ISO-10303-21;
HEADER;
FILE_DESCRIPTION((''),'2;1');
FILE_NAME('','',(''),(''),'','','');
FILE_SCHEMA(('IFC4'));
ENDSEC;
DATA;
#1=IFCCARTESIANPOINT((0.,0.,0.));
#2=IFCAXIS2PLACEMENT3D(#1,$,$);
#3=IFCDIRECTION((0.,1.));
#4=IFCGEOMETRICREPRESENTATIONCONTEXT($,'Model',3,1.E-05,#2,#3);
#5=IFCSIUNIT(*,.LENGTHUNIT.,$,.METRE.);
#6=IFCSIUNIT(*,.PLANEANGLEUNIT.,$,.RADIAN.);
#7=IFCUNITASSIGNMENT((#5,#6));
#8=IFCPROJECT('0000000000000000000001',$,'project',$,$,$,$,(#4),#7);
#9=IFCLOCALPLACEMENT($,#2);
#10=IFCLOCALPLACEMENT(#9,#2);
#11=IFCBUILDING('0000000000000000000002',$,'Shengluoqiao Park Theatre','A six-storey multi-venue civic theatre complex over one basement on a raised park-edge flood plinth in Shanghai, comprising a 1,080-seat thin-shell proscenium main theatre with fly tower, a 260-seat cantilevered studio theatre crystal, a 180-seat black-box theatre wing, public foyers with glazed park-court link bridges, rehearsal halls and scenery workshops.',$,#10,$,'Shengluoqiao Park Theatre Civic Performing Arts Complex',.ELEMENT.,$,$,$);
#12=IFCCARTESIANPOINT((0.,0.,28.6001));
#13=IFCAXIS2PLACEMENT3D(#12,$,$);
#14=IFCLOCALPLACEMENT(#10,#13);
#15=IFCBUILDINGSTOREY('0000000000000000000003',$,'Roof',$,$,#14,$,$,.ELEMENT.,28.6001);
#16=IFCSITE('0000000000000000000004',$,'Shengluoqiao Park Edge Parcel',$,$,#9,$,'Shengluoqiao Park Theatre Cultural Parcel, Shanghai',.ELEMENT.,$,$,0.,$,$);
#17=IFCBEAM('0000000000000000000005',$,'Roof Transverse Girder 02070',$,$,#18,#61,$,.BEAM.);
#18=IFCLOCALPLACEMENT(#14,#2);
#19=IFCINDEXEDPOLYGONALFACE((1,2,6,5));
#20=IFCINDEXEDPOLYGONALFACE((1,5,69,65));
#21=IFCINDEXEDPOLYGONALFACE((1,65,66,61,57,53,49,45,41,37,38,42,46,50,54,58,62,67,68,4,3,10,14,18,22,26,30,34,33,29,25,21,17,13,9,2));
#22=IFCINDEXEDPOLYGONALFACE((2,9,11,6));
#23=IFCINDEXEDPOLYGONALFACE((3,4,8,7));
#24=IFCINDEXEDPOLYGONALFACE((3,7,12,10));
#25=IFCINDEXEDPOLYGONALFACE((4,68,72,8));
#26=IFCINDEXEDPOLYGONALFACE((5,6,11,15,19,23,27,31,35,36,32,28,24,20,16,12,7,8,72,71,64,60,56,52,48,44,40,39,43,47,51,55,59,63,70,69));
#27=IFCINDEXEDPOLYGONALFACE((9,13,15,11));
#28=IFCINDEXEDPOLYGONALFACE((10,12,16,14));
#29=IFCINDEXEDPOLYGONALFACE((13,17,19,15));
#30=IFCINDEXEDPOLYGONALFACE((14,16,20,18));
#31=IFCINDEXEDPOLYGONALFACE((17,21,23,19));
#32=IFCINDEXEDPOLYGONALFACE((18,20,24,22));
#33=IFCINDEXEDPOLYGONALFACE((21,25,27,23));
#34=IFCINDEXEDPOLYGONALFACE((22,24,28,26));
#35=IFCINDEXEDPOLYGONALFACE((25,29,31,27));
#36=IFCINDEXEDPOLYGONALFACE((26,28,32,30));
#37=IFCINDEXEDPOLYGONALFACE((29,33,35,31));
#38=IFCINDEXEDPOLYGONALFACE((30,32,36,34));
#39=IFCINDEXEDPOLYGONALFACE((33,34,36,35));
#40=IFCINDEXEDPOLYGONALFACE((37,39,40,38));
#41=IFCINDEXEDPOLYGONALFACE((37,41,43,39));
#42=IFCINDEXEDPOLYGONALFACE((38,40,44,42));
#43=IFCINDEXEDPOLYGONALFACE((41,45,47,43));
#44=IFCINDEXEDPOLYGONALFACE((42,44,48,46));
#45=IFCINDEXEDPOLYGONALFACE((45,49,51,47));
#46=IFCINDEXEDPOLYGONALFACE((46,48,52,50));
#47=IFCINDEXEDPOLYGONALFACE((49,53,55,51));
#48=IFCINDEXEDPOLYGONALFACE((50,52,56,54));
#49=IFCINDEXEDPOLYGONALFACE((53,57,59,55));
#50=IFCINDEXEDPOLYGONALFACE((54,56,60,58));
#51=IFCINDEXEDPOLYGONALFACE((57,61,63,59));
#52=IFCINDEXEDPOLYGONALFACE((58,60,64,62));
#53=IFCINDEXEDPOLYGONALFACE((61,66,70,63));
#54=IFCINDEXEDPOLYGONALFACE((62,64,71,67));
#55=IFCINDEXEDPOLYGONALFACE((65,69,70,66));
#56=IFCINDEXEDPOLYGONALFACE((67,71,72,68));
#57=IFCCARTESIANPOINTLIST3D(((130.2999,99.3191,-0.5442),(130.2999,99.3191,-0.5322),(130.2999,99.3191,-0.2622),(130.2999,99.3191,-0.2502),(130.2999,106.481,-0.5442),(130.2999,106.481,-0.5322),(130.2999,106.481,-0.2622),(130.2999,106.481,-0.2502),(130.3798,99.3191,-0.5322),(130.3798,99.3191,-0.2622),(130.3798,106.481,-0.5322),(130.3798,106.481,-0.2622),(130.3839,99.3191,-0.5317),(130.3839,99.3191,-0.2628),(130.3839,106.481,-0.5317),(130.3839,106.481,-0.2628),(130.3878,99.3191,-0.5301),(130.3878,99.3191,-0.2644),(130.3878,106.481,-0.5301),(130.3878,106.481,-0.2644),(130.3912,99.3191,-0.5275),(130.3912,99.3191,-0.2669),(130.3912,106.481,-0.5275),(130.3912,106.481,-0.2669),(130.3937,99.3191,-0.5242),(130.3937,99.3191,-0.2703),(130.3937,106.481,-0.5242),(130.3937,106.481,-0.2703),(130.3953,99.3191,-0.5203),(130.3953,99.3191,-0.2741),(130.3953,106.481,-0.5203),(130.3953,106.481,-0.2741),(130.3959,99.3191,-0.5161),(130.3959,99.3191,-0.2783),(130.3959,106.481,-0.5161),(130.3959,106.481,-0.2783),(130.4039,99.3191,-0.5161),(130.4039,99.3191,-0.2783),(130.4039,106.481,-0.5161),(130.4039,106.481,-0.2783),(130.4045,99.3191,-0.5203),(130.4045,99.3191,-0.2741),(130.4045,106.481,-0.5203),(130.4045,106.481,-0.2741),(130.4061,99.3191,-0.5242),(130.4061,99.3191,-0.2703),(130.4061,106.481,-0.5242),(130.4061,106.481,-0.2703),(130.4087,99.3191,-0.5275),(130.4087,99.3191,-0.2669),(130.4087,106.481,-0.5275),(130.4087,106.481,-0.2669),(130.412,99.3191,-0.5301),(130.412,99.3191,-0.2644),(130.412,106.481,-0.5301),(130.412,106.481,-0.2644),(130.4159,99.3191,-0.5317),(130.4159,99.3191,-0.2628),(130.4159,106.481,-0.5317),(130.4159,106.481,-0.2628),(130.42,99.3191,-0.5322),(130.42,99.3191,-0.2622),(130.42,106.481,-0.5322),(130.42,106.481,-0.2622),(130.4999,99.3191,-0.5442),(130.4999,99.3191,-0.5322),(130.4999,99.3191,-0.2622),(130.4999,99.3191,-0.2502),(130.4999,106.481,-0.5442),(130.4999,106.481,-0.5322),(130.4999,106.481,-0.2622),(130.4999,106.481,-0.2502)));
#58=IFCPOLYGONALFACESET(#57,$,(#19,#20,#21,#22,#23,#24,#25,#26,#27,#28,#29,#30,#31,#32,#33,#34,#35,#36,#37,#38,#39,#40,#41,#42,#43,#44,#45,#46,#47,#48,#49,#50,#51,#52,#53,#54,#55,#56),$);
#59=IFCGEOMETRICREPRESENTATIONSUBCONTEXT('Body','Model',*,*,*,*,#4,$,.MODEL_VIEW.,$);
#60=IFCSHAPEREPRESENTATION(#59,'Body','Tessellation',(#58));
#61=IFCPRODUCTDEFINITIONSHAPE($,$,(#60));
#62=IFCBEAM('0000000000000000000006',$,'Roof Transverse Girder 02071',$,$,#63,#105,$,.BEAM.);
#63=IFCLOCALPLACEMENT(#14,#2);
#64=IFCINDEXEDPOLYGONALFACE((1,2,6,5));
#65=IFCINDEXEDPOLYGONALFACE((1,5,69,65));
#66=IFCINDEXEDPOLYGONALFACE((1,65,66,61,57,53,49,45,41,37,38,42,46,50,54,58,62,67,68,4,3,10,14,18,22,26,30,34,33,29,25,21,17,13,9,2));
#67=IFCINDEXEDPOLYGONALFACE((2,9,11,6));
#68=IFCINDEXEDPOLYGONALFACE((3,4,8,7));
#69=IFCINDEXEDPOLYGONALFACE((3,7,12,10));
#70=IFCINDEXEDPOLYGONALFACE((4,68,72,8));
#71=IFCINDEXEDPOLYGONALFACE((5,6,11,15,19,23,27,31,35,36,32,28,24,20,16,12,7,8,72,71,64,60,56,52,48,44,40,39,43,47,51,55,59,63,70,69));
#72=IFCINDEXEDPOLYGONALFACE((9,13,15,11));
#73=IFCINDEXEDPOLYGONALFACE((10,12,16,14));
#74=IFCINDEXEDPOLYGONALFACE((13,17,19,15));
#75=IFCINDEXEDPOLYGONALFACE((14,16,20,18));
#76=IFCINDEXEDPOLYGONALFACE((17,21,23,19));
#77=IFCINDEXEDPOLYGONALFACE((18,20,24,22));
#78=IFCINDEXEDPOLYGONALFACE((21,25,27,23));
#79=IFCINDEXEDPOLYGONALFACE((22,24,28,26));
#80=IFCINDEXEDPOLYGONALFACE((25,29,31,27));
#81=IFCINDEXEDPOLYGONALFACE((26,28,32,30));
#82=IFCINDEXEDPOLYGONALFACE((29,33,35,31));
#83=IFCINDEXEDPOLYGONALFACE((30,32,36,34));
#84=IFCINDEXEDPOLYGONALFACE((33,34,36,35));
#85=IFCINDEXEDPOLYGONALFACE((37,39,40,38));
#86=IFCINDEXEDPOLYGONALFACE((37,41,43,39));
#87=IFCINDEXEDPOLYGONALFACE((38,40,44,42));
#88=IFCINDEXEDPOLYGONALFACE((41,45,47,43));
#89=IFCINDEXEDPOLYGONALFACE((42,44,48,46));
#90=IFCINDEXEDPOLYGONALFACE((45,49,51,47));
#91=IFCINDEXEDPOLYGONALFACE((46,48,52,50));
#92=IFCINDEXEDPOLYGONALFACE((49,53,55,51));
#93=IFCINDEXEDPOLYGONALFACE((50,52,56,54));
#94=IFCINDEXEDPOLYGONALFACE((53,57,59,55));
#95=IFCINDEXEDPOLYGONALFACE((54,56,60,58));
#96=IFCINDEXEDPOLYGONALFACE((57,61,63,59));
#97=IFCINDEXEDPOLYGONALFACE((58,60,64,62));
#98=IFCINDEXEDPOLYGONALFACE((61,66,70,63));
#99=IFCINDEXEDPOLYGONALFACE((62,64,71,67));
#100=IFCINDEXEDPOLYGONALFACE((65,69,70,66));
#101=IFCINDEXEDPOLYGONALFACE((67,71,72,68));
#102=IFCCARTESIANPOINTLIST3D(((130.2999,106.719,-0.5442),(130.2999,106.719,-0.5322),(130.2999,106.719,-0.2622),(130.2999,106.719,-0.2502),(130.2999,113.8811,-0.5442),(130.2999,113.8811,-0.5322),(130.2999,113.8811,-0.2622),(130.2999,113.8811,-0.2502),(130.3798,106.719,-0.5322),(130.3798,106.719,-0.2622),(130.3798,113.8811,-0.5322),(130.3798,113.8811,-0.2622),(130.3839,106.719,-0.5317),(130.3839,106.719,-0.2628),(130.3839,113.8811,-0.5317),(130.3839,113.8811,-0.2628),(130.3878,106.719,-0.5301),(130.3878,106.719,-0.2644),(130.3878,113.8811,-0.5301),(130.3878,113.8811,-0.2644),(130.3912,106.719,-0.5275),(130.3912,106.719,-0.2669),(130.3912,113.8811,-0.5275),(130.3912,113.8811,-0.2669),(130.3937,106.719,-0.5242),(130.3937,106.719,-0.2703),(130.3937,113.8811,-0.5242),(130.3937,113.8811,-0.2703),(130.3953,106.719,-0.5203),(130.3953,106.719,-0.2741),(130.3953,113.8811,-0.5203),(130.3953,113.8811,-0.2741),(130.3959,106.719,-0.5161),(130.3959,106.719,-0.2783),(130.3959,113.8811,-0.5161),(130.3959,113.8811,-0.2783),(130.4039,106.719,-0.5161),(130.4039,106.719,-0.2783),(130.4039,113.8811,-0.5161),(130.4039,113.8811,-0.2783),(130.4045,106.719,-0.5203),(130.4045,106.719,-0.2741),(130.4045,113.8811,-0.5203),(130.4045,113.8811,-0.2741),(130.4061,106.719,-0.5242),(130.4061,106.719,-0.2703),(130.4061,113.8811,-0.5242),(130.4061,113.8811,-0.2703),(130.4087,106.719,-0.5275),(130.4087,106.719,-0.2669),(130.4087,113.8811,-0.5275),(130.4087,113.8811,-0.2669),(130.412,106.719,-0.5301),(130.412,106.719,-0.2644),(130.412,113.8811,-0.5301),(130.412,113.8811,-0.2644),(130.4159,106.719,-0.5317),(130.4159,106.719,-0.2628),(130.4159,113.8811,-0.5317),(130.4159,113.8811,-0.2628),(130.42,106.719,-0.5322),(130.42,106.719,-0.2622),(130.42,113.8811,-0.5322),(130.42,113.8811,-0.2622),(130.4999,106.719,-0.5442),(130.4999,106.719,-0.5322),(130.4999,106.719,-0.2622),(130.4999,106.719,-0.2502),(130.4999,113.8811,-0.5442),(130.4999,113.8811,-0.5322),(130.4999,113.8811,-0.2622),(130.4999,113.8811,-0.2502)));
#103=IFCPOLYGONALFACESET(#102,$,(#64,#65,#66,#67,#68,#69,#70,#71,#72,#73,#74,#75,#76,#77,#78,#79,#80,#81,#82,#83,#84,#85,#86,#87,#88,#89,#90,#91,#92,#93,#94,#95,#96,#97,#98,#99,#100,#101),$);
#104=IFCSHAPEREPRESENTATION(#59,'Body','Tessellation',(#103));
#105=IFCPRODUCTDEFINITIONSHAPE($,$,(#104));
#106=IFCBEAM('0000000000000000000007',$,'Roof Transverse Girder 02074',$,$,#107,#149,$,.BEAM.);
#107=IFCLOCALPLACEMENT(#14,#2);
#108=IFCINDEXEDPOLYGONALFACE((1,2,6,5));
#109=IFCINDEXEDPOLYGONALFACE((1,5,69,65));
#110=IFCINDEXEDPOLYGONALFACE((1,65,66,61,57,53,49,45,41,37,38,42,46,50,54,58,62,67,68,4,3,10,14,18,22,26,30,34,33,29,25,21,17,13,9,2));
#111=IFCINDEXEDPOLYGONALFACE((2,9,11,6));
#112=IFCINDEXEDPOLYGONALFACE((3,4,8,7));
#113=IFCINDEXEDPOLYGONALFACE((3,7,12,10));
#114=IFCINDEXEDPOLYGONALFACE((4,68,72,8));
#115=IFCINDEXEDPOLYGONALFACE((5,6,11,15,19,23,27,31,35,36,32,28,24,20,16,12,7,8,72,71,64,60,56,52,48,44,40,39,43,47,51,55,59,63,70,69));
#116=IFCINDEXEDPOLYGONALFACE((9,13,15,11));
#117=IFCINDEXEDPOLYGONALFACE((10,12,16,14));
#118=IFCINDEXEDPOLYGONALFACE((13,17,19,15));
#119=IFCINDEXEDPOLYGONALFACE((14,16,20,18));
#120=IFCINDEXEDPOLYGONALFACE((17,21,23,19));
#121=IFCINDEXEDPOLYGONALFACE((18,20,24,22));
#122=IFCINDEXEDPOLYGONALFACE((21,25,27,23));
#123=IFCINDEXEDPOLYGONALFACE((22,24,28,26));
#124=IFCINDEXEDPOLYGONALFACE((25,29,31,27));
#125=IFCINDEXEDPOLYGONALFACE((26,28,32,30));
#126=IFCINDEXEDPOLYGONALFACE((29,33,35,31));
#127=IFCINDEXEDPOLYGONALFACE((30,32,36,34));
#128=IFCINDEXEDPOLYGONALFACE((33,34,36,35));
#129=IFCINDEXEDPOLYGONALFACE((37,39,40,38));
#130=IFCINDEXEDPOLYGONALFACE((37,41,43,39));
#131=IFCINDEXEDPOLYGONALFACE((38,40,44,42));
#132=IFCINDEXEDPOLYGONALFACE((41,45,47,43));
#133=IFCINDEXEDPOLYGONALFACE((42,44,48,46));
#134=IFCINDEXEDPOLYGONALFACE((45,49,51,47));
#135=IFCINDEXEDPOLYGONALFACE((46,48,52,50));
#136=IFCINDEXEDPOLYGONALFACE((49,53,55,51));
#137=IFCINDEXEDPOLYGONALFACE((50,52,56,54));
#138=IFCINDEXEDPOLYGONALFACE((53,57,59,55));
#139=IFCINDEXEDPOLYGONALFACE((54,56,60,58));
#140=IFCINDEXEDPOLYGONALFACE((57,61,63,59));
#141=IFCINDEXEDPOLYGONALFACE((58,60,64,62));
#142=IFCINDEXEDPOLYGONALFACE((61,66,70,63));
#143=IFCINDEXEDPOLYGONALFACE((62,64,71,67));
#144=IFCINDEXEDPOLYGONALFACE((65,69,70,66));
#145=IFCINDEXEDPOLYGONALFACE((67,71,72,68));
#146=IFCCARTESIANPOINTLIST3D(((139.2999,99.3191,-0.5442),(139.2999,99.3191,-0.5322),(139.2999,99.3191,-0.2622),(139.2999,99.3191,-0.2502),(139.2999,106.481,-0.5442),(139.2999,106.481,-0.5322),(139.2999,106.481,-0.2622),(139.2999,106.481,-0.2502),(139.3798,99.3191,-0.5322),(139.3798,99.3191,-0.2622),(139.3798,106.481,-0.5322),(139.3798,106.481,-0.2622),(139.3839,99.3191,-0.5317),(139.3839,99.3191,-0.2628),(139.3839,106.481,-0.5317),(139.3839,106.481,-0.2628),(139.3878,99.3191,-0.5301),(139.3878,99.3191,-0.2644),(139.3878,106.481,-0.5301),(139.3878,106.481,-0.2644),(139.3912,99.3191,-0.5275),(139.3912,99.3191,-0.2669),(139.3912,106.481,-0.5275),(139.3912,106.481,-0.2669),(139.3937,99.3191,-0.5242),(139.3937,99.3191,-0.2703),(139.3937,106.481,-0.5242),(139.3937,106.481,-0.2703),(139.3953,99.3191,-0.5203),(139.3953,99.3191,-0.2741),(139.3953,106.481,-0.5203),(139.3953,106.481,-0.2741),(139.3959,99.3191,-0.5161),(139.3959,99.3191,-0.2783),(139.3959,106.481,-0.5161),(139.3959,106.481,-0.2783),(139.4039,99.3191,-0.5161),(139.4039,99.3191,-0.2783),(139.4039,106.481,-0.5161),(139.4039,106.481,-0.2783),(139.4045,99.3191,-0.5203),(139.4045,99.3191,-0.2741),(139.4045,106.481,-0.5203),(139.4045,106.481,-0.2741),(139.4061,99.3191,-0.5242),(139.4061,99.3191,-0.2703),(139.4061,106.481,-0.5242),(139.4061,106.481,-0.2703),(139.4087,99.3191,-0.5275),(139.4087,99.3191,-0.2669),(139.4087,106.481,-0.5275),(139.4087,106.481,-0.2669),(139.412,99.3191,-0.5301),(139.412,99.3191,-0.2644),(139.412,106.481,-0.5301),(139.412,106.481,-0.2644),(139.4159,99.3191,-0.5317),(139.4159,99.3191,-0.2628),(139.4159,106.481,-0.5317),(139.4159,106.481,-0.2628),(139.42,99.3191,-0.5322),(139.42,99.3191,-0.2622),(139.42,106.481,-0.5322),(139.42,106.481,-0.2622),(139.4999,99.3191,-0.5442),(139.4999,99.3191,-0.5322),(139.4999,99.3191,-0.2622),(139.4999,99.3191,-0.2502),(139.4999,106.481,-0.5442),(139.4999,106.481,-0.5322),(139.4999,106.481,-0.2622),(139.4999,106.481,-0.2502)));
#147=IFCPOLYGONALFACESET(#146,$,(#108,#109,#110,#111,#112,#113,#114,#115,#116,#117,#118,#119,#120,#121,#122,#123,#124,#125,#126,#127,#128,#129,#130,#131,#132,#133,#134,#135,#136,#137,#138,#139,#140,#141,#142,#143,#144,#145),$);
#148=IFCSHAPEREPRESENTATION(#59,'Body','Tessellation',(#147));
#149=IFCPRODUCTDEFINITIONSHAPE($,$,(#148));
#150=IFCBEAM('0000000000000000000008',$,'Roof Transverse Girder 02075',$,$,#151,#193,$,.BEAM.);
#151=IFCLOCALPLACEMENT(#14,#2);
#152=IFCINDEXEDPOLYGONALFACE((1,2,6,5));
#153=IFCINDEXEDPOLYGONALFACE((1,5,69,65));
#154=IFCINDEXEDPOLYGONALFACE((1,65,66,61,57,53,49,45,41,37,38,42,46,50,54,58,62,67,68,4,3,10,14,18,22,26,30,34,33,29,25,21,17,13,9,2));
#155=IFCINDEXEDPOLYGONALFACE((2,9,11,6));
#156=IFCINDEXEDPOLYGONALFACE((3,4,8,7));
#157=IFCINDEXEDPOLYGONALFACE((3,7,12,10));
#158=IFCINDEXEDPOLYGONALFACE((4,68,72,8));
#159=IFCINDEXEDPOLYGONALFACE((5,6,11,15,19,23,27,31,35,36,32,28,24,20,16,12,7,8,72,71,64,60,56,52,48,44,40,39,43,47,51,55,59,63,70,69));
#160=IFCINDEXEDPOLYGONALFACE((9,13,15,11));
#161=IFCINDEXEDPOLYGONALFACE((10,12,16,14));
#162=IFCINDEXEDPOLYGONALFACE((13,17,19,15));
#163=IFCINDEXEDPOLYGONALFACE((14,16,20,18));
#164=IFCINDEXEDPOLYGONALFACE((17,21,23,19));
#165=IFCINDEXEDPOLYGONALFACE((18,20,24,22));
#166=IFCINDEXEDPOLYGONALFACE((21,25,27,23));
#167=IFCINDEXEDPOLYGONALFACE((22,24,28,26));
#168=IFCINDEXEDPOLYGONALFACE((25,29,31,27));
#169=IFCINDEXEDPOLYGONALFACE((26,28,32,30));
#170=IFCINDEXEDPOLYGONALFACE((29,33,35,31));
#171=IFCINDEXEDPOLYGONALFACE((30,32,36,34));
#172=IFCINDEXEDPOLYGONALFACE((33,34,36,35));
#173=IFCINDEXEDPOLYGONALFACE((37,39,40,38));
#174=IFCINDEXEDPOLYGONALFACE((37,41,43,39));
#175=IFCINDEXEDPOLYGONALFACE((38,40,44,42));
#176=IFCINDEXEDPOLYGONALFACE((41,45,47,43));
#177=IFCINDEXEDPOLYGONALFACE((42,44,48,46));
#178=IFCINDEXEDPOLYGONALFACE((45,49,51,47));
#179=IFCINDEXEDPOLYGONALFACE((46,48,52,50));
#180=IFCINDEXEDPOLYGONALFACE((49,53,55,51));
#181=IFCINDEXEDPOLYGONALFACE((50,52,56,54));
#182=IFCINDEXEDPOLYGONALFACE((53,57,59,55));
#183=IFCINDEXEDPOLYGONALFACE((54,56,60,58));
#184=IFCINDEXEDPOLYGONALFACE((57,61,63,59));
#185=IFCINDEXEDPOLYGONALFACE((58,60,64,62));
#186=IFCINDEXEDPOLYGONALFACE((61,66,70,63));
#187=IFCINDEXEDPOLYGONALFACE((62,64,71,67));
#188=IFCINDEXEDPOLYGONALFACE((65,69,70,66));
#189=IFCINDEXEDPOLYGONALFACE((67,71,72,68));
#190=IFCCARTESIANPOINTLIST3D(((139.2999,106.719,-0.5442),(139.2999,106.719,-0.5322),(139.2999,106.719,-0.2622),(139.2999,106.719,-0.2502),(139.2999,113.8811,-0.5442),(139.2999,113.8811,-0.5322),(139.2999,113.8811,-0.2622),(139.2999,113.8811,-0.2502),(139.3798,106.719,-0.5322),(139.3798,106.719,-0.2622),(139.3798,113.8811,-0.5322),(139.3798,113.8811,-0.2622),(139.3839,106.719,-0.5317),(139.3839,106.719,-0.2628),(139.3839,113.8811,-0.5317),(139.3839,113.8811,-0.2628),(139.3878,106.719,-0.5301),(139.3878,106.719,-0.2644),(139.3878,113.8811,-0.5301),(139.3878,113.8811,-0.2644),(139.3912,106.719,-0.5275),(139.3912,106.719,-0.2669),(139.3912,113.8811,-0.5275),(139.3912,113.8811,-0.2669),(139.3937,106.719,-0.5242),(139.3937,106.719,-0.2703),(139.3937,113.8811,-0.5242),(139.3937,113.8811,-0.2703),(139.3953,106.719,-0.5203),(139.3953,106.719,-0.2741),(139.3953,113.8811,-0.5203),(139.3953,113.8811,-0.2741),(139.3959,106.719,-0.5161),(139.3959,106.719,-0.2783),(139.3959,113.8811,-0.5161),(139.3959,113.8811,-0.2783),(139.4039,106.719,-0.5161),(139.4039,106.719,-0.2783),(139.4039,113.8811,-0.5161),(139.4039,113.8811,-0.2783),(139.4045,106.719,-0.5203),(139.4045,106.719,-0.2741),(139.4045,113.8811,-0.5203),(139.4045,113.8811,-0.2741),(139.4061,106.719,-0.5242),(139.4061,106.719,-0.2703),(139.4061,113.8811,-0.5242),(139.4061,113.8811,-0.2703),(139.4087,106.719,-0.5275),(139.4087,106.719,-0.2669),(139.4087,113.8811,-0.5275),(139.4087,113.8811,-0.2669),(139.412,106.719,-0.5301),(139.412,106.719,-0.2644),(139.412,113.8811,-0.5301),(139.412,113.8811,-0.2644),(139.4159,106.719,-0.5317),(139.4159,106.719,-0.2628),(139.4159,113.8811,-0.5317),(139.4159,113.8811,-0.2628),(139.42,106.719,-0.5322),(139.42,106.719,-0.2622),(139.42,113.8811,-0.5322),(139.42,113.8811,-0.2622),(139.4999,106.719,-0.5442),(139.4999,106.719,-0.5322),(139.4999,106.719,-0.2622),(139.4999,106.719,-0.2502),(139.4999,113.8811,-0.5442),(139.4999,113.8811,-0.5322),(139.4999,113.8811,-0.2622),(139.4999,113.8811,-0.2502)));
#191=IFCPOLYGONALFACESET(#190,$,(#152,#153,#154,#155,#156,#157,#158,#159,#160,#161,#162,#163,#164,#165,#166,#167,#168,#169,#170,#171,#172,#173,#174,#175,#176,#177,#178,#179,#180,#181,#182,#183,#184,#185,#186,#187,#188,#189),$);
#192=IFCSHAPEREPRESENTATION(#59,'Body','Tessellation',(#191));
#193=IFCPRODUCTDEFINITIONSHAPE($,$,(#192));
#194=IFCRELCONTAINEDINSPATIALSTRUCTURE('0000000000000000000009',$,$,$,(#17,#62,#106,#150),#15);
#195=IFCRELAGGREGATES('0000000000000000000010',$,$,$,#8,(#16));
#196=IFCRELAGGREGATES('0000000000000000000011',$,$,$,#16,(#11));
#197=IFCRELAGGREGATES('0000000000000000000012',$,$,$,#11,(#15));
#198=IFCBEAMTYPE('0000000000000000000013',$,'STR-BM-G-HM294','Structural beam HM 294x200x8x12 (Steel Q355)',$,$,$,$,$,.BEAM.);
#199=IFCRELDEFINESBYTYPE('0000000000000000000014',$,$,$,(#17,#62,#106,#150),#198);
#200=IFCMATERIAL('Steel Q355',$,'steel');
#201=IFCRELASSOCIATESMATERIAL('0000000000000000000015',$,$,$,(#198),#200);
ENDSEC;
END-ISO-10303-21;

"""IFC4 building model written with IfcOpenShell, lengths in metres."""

from ifc_helpers import new_model, si_unit, direction, frame, origin, origin_2d, place, context, subcontext, project, spatial, i_section, extrude, material, material_profile, profile_set, type_object, element, save


model = new_model("IFC4")

# Units and contexts
model_context = context("Model", 3, precision=1e-05, world=origin(), true_north=direction((0.0, 1.0)))
body_context = subcontext(model_context, "Body", "Model", "MODEL_VIEW")
ifc_project = project(units=[si_unit("LENGTHUNIT", "METRE"), si_unit("PLANEANGLEUNIT", "RADIAN")], contexts=[model_context])

# Site, building, storey
site_placement = place(None, origin())
site = spatial("IfcSite", under=ifc_project, at=site_placement, Name="Shengluoqiao Park Edge Parcel", LongName="Shengluoqiao Park Theatre Cultural Parcel, Shanghai", CompositionType="ELEMENT", RefElevation=0.0)
building_placement = place(site_placement, origin())
building = spatial("IfcBuilding", under=site, at=building_placement, Name="Shengluoqiao Park Theatre", Description="A six-storey multi-venue civic theatre complex over one basement on a raised park-edge flood plinth in Shanghai, comprising a 1,080-seat thin-shell proscenium main theatre with fly tower, a 260-seat cantilevered studio theatre crystal, a 180-seat black-box theatre wing, public foyers with glazed park-court link bridges, rehearsal halls and scenery workshops.", LongName="Shengluoqiao Park Theatre Civic Performing Arts Complex", CompositionType="ELEMENT")
storey_placement = place(building_placement, frame((0.0, 0.0, 28.6001)))
storey = spatial("IfcBuildingStorey", under=building, at=storey_placement, Name="Roof", CompositionType="ELEMENT", Elevation=28.6001)

# Beams
ifc_material_1 = material(Name="Steel Q355", Category="steel")
ifc_material_profile_1 = material_profile(ifc_material_1, i_section(OverallWidth=0.2, OverallDepth=0.2939, WebThickness=0.0081, FlangeThickness=0.012, FilletRadius=0.0161, at=origin_2d()), Name="HM 294x200x8x12")
ifc_profile_set_1 = profile_set([ifc_material_profile_1], Name="Steel Q355")
beam_type_1 = type_object("IfcBeamType", Name="STR-BM-G-HM294", Description="Structural beam HM 294x200x8x12 (Steel Q355)", PredefinedType="BEAM", material=ifc_profile_set_1)
beam_1_placement = place(storey_placement, frame((130.3999, 99.3191, -0.3972), z_axis=(0.0, 1.0, 0.0), x_axis=(-1.0, 0.0, 0.0)))
element("IfcBeam", 1, at=beam_1_placement, inside=storey, type_object=beam_type_1, Name="Roof Transverse Girder 02070", PredefinedType="BEAM", context=body_context, shape_type="SweptSolid", body=[
    extrude(i_section(OverallWidth=0.2, OverallDepth=0.2939, WebThickness=0.0081, FlangeThickness=0.012, FilletRadius=0.0161, at=origin_2d()), origin(), (0.0, 0.0, 1.0), 7.1619),
])
beam_2_placement = place(storey_placement, frame((130.3999, 106.719, -0.3972), z_axis=(0.0, 1.0, 0.0), x_axis=(-1.0, 0.0, 0.0)))
element("IfcBeam", 2, at=beam_2_placement, inside=storey, type_object=beam_type_1, Name="Roof Transverse Girder 02071", PredefinedType="BEAM", context=body_context, shape_type="SweptSolid", body=[
    extrude(i_section(OverallWidth=0.2, OverallDepth=0.2939, WebThickness=0.0081, FlangeThickness=0.012, FilletRadius=0.0161, at=origin_2d()), origin(), (0.0, 0.0, 1.0), 7.1621),
])
beam_3_placement = place(storey_placement, frame((139.3999, 99.3191, -0.3972), z_axis=(0.0, 1.0, 0.0), x_axis=(-1.0, 0.0, 0.0)))
element("IfcBeam", 3, at=beam_3_placement, inside=storey, type_object=beam_type_1, Name="Roof Transverse Girder 02074", PredefinedType="BEAM", context=body_context, shape_type="SweptSolid", body=[
    extrude(i_section(OverallWidth=0.2, OverallDepth=0.2939, WebThickness=0.0081, FlangeThickness=0.012, FilletRadius=0.0161, at=origin_2d()), origin(), (0.0, 0.0, 1.0), 7.1619),
])
beam_4_placement = place(storey_placement, frame((139.3999, 106.719, -0.3972), z_axis=(0.0, 1.0, 0.0), x_axis=(-1.0, 0.0, 0.0)))
element("IfcBeam", 4, at=beam_4_placement, inside=storey, type_object=beam_type_1, Name="Roof Transverse Girder 02075", PredefinedType="BEAM", context=body_context, shape_type="SweptSolid", body=[
    extrude(i_section(OverallWidth=0.2, OverallDepth=0.2939, WebThickness=0.0081, FlangeThickness=0.012, FilletRadius=0.0161, at=origin_2d()), origin(), (0.0, 0.0, 1.0), 7.1621),
])

save(model, "model.ifc")
